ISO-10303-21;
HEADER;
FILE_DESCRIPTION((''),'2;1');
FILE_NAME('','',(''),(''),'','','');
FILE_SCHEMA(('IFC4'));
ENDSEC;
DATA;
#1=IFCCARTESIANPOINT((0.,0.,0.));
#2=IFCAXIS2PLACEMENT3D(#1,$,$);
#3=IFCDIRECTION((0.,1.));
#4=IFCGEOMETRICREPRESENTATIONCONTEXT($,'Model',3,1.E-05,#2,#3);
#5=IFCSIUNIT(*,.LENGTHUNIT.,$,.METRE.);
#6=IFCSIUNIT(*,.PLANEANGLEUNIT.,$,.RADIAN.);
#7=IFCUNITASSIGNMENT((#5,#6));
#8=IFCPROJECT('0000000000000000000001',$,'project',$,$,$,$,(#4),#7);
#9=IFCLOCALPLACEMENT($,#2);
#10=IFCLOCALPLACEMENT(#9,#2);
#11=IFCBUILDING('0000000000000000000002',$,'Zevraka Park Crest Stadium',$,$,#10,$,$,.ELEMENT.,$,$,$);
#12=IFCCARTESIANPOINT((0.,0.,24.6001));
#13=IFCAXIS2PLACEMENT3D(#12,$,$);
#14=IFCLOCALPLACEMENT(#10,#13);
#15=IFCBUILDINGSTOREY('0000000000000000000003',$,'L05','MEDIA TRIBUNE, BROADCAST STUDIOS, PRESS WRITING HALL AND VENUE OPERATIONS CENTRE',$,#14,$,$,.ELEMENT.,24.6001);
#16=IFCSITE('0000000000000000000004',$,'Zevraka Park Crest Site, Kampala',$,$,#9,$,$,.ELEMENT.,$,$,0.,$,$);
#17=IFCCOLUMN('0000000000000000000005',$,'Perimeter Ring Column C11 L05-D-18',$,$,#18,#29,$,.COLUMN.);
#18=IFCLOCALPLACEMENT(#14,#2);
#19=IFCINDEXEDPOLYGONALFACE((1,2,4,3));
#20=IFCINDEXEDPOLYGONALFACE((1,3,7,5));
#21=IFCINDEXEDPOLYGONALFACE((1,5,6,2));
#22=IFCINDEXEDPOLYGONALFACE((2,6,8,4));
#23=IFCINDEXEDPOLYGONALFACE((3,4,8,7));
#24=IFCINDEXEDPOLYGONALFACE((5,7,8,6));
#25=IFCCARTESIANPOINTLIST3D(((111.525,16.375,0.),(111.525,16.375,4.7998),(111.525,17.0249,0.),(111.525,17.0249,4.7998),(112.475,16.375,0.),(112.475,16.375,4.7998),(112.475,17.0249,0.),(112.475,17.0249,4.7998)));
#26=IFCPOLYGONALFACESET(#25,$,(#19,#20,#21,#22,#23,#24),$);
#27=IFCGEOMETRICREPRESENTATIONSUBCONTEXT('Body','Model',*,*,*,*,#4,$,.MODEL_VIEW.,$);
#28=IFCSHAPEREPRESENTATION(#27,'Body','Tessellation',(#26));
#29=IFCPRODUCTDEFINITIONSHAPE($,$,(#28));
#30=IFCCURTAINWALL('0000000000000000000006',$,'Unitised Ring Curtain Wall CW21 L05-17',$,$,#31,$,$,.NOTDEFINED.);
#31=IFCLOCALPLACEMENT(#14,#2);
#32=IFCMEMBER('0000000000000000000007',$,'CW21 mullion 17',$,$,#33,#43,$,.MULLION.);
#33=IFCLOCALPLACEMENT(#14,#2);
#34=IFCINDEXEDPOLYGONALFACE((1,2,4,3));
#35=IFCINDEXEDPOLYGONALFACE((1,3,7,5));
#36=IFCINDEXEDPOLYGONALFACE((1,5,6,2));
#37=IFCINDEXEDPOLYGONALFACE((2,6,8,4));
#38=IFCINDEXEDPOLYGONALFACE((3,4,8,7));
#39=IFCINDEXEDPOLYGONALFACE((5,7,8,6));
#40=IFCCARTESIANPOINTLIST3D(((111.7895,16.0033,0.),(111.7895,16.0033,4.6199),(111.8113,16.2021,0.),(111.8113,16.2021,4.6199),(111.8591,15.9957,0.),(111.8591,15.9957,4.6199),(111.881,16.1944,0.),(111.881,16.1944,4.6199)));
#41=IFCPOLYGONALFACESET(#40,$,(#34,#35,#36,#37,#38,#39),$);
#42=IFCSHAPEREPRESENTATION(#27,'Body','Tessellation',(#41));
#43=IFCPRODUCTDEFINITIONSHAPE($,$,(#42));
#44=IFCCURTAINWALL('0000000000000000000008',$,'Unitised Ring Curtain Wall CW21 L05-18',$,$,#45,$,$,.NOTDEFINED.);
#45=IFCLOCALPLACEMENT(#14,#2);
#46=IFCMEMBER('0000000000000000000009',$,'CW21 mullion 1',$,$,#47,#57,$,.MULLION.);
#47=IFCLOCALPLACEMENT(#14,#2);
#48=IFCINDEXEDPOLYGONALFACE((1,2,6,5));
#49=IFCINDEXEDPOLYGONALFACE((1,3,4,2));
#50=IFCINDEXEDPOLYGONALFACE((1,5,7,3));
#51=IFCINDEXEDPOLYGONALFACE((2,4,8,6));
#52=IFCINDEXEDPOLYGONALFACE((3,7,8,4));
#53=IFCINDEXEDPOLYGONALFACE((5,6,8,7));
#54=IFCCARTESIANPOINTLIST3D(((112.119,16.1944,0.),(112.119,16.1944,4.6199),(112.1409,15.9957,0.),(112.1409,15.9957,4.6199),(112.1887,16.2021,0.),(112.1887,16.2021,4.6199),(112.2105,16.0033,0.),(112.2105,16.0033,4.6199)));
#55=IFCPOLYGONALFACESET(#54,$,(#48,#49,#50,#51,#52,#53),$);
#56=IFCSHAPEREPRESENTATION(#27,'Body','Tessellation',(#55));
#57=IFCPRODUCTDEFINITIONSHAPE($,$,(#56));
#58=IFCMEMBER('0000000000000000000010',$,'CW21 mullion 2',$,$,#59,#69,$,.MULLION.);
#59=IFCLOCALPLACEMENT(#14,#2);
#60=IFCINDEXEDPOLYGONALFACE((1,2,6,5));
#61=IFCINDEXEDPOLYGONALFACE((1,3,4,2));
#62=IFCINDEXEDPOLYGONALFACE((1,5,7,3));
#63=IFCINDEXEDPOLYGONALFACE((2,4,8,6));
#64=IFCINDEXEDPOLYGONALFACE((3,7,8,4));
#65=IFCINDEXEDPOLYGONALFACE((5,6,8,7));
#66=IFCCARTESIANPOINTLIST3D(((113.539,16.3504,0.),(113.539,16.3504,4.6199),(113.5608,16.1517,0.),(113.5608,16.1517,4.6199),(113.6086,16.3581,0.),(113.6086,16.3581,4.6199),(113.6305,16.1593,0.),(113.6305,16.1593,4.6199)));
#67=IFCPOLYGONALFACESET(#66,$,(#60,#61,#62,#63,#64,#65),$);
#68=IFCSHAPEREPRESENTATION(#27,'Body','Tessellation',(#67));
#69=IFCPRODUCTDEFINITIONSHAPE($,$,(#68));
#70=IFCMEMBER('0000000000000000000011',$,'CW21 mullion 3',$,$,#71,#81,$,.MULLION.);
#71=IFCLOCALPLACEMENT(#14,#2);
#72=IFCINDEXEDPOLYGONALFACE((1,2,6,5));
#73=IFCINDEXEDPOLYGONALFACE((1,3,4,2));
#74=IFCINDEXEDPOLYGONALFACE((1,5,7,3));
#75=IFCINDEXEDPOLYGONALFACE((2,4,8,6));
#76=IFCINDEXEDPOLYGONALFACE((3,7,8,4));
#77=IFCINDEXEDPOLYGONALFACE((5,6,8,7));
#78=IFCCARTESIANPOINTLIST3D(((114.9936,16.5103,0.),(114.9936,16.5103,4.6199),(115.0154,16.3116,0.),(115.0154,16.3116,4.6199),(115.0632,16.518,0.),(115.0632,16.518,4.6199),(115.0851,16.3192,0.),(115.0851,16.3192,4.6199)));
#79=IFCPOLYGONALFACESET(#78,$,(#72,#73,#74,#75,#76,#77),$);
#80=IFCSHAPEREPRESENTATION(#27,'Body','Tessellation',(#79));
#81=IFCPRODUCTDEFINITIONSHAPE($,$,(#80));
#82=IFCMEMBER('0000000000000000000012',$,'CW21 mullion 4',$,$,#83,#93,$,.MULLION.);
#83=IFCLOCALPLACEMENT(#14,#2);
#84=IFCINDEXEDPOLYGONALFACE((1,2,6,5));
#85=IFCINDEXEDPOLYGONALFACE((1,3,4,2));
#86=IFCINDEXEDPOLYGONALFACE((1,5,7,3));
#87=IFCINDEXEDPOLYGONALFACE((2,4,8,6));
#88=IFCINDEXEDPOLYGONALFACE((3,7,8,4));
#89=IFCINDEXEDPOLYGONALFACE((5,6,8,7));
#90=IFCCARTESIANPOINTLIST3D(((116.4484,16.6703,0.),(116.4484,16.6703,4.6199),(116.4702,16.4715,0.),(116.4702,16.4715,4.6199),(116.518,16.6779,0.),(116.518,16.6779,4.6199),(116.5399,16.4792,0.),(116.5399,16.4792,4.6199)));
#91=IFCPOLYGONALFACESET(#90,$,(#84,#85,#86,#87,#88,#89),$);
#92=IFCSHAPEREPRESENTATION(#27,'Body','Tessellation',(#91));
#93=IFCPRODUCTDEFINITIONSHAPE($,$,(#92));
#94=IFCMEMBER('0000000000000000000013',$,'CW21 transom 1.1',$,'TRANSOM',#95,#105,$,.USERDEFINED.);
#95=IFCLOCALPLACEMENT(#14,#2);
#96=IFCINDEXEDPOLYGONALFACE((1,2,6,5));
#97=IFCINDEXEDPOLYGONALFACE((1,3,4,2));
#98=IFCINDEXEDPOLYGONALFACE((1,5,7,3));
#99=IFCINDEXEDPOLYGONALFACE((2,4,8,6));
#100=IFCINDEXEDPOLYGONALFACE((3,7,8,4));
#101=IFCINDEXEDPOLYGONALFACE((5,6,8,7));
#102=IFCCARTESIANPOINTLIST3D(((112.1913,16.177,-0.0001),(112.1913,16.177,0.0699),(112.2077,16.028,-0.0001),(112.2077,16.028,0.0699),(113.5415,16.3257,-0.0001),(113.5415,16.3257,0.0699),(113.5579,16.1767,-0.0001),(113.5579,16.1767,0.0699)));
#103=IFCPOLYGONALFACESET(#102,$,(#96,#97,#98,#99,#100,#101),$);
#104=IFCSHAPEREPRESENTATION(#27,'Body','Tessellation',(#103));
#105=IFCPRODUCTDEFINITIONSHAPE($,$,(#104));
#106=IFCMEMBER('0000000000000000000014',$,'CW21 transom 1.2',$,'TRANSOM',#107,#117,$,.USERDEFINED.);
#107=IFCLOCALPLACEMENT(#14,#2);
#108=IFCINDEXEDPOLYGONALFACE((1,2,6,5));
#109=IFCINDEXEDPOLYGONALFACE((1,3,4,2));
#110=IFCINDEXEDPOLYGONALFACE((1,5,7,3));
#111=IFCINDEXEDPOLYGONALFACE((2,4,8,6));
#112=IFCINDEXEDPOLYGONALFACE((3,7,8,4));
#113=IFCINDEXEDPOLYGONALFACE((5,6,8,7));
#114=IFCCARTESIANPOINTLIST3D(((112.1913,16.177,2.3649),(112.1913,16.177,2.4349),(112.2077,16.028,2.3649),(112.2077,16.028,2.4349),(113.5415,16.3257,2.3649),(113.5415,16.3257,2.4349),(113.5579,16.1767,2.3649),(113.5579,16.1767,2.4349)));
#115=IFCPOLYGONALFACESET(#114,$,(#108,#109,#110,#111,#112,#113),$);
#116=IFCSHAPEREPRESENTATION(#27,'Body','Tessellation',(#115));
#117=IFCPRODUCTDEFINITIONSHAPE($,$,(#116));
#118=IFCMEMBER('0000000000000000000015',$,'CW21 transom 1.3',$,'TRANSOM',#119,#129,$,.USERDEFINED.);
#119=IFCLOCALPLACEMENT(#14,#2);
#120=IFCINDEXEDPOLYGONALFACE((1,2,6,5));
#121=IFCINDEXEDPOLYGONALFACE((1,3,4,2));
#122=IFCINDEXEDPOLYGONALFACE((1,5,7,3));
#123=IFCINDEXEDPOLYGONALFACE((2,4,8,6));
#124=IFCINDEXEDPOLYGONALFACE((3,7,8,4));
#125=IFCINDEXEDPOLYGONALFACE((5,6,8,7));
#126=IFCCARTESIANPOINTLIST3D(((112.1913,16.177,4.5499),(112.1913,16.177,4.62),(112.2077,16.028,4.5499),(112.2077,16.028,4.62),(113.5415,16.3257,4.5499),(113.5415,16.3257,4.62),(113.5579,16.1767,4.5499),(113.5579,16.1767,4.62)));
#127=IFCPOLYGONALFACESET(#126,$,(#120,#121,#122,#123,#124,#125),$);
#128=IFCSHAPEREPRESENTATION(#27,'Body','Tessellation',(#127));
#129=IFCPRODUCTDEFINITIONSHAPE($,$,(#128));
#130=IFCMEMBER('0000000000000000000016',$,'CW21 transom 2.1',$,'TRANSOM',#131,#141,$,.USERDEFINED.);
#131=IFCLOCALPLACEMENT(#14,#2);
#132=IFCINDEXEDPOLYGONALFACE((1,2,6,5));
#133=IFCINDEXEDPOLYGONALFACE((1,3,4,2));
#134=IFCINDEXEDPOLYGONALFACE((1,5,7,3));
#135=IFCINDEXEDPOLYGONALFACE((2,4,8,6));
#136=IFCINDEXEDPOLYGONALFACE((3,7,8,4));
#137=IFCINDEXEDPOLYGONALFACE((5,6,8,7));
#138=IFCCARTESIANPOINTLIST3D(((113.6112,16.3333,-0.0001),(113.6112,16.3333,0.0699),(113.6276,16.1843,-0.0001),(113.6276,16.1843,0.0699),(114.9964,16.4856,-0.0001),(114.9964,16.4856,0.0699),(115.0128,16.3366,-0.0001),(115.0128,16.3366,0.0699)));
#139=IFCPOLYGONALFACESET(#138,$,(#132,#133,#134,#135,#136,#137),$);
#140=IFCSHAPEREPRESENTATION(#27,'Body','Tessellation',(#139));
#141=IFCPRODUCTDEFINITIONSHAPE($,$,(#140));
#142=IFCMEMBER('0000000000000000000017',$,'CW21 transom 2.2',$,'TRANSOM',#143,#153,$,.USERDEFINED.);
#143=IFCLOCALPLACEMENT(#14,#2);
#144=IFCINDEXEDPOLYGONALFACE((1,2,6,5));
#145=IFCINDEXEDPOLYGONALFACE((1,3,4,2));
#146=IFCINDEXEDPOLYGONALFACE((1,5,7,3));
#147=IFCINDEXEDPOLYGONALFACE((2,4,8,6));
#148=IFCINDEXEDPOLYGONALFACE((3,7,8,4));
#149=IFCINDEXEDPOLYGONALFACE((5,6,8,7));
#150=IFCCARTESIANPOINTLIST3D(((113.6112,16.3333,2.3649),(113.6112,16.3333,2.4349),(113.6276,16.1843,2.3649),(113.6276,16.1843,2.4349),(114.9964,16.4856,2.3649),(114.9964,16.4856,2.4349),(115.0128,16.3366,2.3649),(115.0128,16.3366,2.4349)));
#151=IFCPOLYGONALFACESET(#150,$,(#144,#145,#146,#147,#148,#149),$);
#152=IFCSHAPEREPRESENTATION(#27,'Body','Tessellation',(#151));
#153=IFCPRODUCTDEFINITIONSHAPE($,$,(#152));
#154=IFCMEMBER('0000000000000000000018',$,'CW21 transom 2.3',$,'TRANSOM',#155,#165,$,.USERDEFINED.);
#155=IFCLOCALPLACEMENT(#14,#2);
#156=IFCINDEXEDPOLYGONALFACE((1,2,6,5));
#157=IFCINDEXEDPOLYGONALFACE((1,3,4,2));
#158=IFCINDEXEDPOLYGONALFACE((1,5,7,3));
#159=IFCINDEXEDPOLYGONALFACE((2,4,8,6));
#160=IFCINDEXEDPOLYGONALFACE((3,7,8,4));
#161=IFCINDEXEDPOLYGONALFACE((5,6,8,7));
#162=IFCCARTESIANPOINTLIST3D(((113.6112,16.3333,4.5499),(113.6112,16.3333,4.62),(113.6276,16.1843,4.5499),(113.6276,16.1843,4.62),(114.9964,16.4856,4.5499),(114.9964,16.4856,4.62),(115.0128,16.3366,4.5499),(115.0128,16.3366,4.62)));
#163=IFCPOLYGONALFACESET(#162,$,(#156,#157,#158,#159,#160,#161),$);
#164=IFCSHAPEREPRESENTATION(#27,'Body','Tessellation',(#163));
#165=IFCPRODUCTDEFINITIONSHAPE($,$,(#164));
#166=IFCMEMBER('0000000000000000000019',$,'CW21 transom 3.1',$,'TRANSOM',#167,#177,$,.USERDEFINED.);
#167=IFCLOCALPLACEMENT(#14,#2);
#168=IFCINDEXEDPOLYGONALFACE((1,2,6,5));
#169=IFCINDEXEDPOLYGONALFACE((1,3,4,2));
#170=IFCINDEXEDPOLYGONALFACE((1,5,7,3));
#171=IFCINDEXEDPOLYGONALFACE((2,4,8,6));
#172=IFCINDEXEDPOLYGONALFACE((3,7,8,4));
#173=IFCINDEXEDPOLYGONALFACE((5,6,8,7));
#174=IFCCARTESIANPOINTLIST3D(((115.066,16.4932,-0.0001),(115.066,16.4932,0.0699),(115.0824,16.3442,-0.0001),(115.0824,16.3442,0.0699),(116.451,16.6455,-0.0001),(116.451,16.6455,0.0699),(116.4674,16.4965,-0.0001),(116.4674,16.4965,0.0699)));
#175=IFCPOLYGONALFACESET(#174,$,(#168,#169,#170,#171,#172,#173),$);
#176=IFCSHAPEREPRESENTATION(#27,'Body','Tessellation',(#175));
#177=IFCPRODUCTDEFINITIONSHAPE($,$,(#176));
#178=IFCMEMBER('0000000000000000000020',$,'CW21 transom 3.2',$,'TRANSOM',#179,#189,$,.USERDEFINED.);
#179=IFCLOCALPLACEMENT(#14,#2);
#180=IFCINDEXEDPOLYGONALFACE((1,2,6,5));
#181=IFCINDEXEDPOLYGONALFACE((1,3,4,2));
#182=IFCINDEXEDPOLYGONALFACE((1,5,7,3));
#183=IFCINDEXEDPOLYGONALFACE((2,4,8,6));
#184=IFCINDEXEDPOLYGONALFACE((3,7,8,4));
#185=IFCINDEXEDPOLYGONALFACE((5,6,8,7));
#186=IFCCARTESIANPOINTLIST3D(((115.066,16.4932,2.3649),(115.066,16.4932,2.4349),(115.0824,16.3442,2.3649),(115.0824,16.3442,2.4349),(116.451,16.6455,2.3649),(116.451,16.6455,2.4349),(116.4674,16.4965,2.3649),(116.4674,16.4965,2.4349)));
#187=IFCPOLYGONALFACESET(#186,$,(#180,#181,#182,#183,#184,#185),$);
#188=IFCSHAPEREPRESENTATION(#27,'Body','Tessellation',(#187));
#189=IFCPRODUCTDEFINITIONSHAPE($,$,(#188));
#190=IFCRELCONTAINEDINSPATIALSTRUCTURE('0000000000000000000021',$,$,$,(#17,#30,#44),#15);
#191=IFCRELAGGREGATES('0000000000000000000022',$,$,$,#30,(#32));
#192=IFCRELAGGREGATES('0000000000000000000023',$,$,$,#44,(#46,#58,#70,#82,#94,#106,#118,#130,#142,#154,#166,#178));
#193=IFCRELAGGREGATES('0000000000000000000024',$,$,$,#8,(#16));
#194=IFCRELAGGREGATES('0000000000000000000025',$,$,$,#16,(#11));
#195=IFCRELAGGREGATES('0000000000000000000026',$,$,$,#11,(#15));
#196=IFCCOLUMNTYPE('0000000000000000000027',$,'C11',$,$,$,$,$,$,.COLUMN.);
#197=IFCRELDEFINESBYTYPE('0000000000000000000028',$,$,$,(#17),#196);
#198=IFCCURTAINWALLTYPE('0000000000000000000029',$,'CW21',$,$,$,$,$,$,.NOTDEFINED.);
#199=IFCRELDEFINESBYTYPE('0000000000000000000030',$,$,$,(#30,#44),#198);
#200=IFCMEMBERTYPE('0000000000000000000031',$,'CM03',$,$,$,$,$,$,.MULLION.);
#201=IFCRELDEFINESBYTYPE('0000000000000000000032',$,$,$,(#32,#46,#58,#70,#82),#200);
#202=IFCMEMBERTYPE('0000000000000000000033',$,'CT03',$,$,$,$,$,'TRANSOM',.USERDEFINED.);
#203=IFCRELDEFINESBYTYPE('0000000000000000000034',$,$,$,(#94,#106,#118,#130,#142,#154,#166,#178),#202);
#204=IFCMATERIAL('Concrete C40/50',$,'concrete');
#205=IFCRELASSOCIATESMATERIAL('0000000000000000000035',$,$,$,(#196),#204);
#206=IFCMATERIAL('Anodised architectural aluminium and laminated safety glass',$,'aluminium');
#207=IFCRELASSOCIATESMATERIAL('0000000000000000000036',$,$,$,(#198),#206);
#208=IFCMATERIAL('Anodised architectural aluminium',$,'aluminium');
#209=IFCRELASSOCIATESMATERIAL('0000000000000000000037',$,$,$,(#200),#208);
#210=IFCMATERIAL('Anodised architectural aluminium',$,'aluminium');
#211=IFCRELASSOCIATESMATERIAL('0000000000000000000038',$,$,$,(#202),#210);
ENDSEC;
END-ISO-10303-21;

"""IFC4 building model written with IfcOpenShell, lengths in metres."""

from ifc_helpers import new_model, si_unit, direction, frame, origin, origin_2d, place, context, subcontext, project, spatial, rectangle, extrude, material, material_profile, profile_set, type_object, element, aggregate, save


model = new_model("IFC4")

# Units and contexts
model_context = context("Model", 3, precision=1e-05, world=origin(), true_north=direction((0.0, 1.0)))
body_context = subcontext(model_context, "Body", "Model", "MODEL_VIEW")
ifc_project = project(units=[si_unit("LENGTHUNIT", "METRE"), si_unit("PLANEANGLEUNIT", "RADIAN")], contexts=[model_context])

# Site, building, storey
site_placement = place(None, origin())
site = spatial("IfcSite", under=ifc_project, at=site_placement, Name="Zevraka Park Crest Site, Kampala", CompositionType="ELEMENT", RefElevation=0.0)
building_placement = place(site_placement, origin())
building = spatial("IfcBuilding", under=site, at=building_placement, Name="Zevraka Park Crest Stadium", CompositionType="ELEMENT")
storey_placement = place(building_placement, frame((0.0, 0.0, 24.6001)))
storey = spatial("IfcBuildingStorey", under=building, at=storey_placement, Name="L05", Description="MEDIA TRIBUNE, BROADCAST STUDIOS, PRESS WRITING HALL AND VENUE OPERATIONS CENTRE", CompositionType="ELEMENT", Elevation=24.6001)

# Column
ifc_material_1 = material(Name="Concrete C40/50", Category="concrete")
ifc_material_profile_1 = material_profile(ifc_material_1, rectangle(XDim=0.6499, YDim=0.95, at=origin_2d()), Name="RC 950x650")
ifc_profile_set_1 = profile_set([ifc_material_profile_1], Name="Concrete C40/50")
column_type = type_object("IfcColumnType", Name="C11", PredefinedType="COLUMN", material=ifc_profile_set_1)
column_placement = place(storey_placement, frame((112.0, 16.7, 0.0), z_axis=(0.0, 0.0, 1.0), x_axis=(0.0, 1.0, 0.0)))
element("IfcColumn", 1, at=column_placement, inside=storey, type_object=column_type, Name="Perimeter Ring Column C11 L05-D-18", PredefinedType="COLUMN", context=body_context, shape_type="SweptSolid", body=[
    extrude(rectangle(XDim=0.6499, YDim=0.95, at=origin_2d()), origin(), (0.0, 0.0, 1.0), 4.7998),
])

# Curtain wall, member
ifc_material_2 = material(Name="Anodised architectural aluminium and laminated safety glass", Category="aluminium")
curtain_wall_type = type_object("IfcCurtainWallType", Name="CW21", PredefinedType="NOTDEFINED", material=ifc_material_2)
curtain_wall_1_placement = place(storey_placement, origin())
curtain_wall_1 = element("IfcCurtainWall", 2, at=curtain_wall_1_placement, inside=storey, type_object=curtain_wall_type, Name="Unitised Ring Curtain Wall CW21 L05-17", PredefinedType="NOTDEFINED")
ifc_material_3 = material(Name="Anodised architectural aluminium", Category="aluminium")
ifc_material_profile_2 = material_profile(ifc_material_3, rectangle(XDim=0.2, YDim=0.0701, at=origin_2d()), Name="ALU MULLION 200x70")
ifc_profile_set_2 = profile_set([ifc_material_profile_2], Name="Anodised architectural aluminium")
member_type_1 = type_object("IfcMemberType", Name="CM03", PredefinedType="MULLION", material=ifc_profile_set_2)
member_1_placement = place(storey_placement, frame((111.8352, 16.0989, 0.0), z_axis=(0.0, 0.0, 1.0), x_axis=(0.109288, 0.99401, 0.0)))
member_1 = element("IfcMember", 3, at=member_1_placement, type_object=member_type_1, Name="CW21 mullion 17", PredefinedType="MULLION", context=body_context, shape_type="SweptSolid", body=[
    extrude(rectangle(XDim=0.2, YDim=0.0701, at=origin_2d()), origin(), (0.0, 0.0, 1.0), 4.6199),
])
aggregate(curtain_wall_1, [member_1])

# Curtain wall, members
curtain_wall_2_placement = place(storey_placement, origin())
curtain_wall_2 = element("IfcCurtainWall", 4, at=curtain_wall_2_placement, inside=storey, type_object=curtain_wall_type, Name="Unitised Ring Curtain Wall CW21 L05-18", PredefinedType="NOTDEFINED")
member_2_placement = place(storey_placement, frame((112.1648, 16.0989, 0.0), z_axis=(0.0, 0.0, 1.0), x_axis=(-0.109288, 0.99401, 0.0)))
member_2 = element("IfcMember", 5, at=member_2_placement, type_object=member_type_1, Name="CW21 mullion 1", PredefinedType="MULLION", context=body_context, shape_type="SweptSolid", body=[
    extrude(rectangle(XDim=0.2, YDim=0.0701, at=origin_2d()), origin(), (0.0, 0.0, 1.0), 4.6199),
])
member_3_placement = place(storey_placement, frame((113.5847, 16.2549, 0.0), z_axis=(0.0, 0.0, 1.0), x_axis=(-0.109288, 0.99401, 0.0)))
member_3 = element("IfcMember", 6, at=member_3_placement, type_object=member_type_1, Name="CW21 mullion 2", PredefinedType="MULLION", context=body_context, shape_type="SweptSolid", body=[
    extrude(rectangle(XDim=0.2, YDim=0.0701, at=origin_2d()), origin(), (0.0, 0.0, 1.0), 4.6199),
])
member_4_placement = place(storey_placement, frame((115.0393, 16.4148, 0.0), z_axis=(0.0, 0.0, 1.0), x_axis=(-0.109288, 0.99401, 0.0)))
member_4 = element("IfcMember", 7, at=member_4_placement, type_object=member_type_1, Name="CW21 mullion 3", PredefinedType="MULLION", context=body_context, shape_type="SweptSolid", body=[
    extrude(rectangle(XDim=0.2, YDim=0.0701, at=origin_2d()), origin(), (0.0, 0.0, 1.0), 4.6199),
])
member_5_placement = place(storey_placement, frame((116.4941, 16.5747, 0.0), z_axis=(0.0, 0.0, 1.0), x_axis=(-0.109288, 0.99401, 0.0)))
member_5 = element("IfcMember", 8, at=member_5_placement, type_object=member_type_1, Name="CW21 mullion 4", PredefinedType="MULLION", context=body_context, shape_type="SweptSolid", body=[
    extrude(rectangle(XDim=0.2, YDim=0.0701, at=origin_2d()), origin(), (0.0, 0.0, 1.0), 4.6199),
])
ifc_material_4 = material(Name="Anodised architectural aluminium", Category="aluminium")
ifc_material_profile_3 = material_profile(ifc_material_4, rectangle(XDim=0.1499, YDim=0.0701, at=origin_2d()), Name="ALU TRANSOM 150x70")
ifc_profile_set_3 = profile_set([ifc_material_profile_3], Name="Anodised architectural aluminium")
member_type_2 = type_object("IfcMemberType", Name="CT03", ElementType="TRANSOM", PredefinedType="USERDEFINED", material=ifc_profile_set_3)
member_6_placement = place(storey_placement, frame((112.1995, 16.1025, 0.0349), z_axis=(0.993993, 0.109445, 0.0), x_axis=(-0.109445, 0.993993, 0.0)))
member_6 = element("IfcMember", 9, at=member_6_placement, type_object=member_type_2, Name="CW21 transom 1.1", ObjectType="TRANSOM", PredefinedType="USERDEFINED", context=body_context, shape_type="SweptSolid", body=[
    extrude(rectangle(XDim=0.1499, YDim=0.0701, at=origin_2d()), origin(), (0.0, 0.0, 1.0), 1.3584),
])
member_7_placement = place(storey_placement, frame((112.1995, 16.1025, 2.3999), z_axis=(0.993993, 0.109445, 0.0), x_axis=(-0.109445, 0.993993, 0.0)))
member_7 = element("IfcMember", 10, at=member_7_placement, type_object=member_type_2, Name="CW21 transom 1.2", ObjectType="TRANSOM", PredefinedType="USERDEFINED", context=body_context, shape_type="SweptSolid", body=[
    extrude(rectangle(XDim=0.1499, YDim=0.0701, at=origin_2d()), origin(), (0.0, 0.0, 1.0), 1.3584),
])
member_8_placement = place(storey_placement, frame((112.1995, 16.1025, 4.585), z_axis=(0.993993, 0.109445, 0.0), x_axis=(-0.109445, 0.993993, 0.0)))
member_8 = element("IfcMember", 11, at=member_8_placement, type_object=member_type_2, Name="CW21 transom 1.3", ObjectType="TRANSOM", PredefinedType="USERDEFINED", context=body_context, shape_type="SweptSolid", body=[
    extrude(rectangle(XDim=0.1499, YDim=0.0701, at=origin_2d()), origin(), (0.0, 0.0, 1.0), 1.3584),
])
member_9_placement = place(storey_placement, frame((113.6194, 16.2588, 0.0349), z_axis=(0.994007, 0.109316, 0.0), x_axis=(-0.109316, 0.994007, 0.0)))
member_9 = element("IfcMember", 12, at=member_9_placement, type_object=member_type_2, Name="CW21 transom 2.1", ObjectType="TRANSOM", PredefinedType="USERDEFINED", context=body_context, shape_type="SweptSolid", body=[
    extrude(rectangle(XDim=0.1499, YDim=0.0701, at=origin_2d()), origin(), (0.0, 0.0, 1.0), 1.3936),
])
member_10_placement = place(storey_placement, frame((113.6194, 16.2588, 2.3999), z_axis=(0.994007, 0.109316, 0.0), x_axis=(-0.109316, 0.994007, 0.0)))
member_10 = element("IfcMember", 13, at=member_10_placement, type_object=member_type_2, Name="CW21 transom 2.2", ObjectType="TRANSOM", PredefinedType="USERDEFINED", context=body_context, shape_type="SweptSolid", body=[
    extrude(rectangle(XDim=0.1499, YDim=0.0701, at=origin_2d()), origin(), (0.0, 0.0, 1.0), 1.3936),
])
member_11_placement = place(storey_placement, frame((113.6194, 16.2588, 4.585), z_axis=(0.994007, 0.109316, 0.0), x_axis=(-0.109316, 0.994007, 0.0)))
member_11 = element("IfcMember", 14, at=member_11_placement, type_object=member_type_2, Name="CW21 transom 2.3", ObjectType="TRANSOM", PredefinedType="USERDEFINED", context=body_context, shape_type="SweptSolid", body=[
    extrude(rectangle(XDim=0.1499, YDim=0.0701, at=origin_2d()), origin(), (0.0, 0.0, 1.0), 1.3936),
])
member_12_placement = place(storey_placement, frame((115.0742, 16.4187, 0.0349), z_axis=(0.994005, 0.109335, 0.0), x_axis=(-0.109335, 0.994005, 0.0)))
member_12 = element("IfcMember", 15, at=member_12_placement, type_object=member_type_2, Name="CW21 transom 3.1", ObjectType="TRANSOM", PredefinedType="USERDEFINED", context=body_context, shape_type="SweptSolid", body=[
    extrude(rectangle(XDim=0.1499, YDim=0.0701, at=origin_2d()), origin(), (0.0, 0.0, 1.0), 1.3933),
])
member_13_placement = place(storey_placement, frame((115.0742, 16.4187, 2.3999), z_axis=(0.994005, 0.109335, 0.0), x_axis=(-0.109335, 0.994005, 0.0)))
member_13 = element("IfcMember", 16, at=member_13_placement, type_object=member_type_2, Name="CW21 transom 3.2", ObjectType="TRANSOM", PredefinedType="USERDEFINED", context=body_context, shape_type="SweptSolid", body=[
    extrude(rectangle(XDim=0.1499, YDim=0.0701, at=origin_2d()), origin(), (0.0, 0.0, 1.0), 1.3933),
])
aggregate(curtain_wall_2, [member_2, member_3, member_4, member_5, member_6, member_7, member_8, member_9, member_10, member_11, member_12, member_13])

save(model, "model.ifc")
